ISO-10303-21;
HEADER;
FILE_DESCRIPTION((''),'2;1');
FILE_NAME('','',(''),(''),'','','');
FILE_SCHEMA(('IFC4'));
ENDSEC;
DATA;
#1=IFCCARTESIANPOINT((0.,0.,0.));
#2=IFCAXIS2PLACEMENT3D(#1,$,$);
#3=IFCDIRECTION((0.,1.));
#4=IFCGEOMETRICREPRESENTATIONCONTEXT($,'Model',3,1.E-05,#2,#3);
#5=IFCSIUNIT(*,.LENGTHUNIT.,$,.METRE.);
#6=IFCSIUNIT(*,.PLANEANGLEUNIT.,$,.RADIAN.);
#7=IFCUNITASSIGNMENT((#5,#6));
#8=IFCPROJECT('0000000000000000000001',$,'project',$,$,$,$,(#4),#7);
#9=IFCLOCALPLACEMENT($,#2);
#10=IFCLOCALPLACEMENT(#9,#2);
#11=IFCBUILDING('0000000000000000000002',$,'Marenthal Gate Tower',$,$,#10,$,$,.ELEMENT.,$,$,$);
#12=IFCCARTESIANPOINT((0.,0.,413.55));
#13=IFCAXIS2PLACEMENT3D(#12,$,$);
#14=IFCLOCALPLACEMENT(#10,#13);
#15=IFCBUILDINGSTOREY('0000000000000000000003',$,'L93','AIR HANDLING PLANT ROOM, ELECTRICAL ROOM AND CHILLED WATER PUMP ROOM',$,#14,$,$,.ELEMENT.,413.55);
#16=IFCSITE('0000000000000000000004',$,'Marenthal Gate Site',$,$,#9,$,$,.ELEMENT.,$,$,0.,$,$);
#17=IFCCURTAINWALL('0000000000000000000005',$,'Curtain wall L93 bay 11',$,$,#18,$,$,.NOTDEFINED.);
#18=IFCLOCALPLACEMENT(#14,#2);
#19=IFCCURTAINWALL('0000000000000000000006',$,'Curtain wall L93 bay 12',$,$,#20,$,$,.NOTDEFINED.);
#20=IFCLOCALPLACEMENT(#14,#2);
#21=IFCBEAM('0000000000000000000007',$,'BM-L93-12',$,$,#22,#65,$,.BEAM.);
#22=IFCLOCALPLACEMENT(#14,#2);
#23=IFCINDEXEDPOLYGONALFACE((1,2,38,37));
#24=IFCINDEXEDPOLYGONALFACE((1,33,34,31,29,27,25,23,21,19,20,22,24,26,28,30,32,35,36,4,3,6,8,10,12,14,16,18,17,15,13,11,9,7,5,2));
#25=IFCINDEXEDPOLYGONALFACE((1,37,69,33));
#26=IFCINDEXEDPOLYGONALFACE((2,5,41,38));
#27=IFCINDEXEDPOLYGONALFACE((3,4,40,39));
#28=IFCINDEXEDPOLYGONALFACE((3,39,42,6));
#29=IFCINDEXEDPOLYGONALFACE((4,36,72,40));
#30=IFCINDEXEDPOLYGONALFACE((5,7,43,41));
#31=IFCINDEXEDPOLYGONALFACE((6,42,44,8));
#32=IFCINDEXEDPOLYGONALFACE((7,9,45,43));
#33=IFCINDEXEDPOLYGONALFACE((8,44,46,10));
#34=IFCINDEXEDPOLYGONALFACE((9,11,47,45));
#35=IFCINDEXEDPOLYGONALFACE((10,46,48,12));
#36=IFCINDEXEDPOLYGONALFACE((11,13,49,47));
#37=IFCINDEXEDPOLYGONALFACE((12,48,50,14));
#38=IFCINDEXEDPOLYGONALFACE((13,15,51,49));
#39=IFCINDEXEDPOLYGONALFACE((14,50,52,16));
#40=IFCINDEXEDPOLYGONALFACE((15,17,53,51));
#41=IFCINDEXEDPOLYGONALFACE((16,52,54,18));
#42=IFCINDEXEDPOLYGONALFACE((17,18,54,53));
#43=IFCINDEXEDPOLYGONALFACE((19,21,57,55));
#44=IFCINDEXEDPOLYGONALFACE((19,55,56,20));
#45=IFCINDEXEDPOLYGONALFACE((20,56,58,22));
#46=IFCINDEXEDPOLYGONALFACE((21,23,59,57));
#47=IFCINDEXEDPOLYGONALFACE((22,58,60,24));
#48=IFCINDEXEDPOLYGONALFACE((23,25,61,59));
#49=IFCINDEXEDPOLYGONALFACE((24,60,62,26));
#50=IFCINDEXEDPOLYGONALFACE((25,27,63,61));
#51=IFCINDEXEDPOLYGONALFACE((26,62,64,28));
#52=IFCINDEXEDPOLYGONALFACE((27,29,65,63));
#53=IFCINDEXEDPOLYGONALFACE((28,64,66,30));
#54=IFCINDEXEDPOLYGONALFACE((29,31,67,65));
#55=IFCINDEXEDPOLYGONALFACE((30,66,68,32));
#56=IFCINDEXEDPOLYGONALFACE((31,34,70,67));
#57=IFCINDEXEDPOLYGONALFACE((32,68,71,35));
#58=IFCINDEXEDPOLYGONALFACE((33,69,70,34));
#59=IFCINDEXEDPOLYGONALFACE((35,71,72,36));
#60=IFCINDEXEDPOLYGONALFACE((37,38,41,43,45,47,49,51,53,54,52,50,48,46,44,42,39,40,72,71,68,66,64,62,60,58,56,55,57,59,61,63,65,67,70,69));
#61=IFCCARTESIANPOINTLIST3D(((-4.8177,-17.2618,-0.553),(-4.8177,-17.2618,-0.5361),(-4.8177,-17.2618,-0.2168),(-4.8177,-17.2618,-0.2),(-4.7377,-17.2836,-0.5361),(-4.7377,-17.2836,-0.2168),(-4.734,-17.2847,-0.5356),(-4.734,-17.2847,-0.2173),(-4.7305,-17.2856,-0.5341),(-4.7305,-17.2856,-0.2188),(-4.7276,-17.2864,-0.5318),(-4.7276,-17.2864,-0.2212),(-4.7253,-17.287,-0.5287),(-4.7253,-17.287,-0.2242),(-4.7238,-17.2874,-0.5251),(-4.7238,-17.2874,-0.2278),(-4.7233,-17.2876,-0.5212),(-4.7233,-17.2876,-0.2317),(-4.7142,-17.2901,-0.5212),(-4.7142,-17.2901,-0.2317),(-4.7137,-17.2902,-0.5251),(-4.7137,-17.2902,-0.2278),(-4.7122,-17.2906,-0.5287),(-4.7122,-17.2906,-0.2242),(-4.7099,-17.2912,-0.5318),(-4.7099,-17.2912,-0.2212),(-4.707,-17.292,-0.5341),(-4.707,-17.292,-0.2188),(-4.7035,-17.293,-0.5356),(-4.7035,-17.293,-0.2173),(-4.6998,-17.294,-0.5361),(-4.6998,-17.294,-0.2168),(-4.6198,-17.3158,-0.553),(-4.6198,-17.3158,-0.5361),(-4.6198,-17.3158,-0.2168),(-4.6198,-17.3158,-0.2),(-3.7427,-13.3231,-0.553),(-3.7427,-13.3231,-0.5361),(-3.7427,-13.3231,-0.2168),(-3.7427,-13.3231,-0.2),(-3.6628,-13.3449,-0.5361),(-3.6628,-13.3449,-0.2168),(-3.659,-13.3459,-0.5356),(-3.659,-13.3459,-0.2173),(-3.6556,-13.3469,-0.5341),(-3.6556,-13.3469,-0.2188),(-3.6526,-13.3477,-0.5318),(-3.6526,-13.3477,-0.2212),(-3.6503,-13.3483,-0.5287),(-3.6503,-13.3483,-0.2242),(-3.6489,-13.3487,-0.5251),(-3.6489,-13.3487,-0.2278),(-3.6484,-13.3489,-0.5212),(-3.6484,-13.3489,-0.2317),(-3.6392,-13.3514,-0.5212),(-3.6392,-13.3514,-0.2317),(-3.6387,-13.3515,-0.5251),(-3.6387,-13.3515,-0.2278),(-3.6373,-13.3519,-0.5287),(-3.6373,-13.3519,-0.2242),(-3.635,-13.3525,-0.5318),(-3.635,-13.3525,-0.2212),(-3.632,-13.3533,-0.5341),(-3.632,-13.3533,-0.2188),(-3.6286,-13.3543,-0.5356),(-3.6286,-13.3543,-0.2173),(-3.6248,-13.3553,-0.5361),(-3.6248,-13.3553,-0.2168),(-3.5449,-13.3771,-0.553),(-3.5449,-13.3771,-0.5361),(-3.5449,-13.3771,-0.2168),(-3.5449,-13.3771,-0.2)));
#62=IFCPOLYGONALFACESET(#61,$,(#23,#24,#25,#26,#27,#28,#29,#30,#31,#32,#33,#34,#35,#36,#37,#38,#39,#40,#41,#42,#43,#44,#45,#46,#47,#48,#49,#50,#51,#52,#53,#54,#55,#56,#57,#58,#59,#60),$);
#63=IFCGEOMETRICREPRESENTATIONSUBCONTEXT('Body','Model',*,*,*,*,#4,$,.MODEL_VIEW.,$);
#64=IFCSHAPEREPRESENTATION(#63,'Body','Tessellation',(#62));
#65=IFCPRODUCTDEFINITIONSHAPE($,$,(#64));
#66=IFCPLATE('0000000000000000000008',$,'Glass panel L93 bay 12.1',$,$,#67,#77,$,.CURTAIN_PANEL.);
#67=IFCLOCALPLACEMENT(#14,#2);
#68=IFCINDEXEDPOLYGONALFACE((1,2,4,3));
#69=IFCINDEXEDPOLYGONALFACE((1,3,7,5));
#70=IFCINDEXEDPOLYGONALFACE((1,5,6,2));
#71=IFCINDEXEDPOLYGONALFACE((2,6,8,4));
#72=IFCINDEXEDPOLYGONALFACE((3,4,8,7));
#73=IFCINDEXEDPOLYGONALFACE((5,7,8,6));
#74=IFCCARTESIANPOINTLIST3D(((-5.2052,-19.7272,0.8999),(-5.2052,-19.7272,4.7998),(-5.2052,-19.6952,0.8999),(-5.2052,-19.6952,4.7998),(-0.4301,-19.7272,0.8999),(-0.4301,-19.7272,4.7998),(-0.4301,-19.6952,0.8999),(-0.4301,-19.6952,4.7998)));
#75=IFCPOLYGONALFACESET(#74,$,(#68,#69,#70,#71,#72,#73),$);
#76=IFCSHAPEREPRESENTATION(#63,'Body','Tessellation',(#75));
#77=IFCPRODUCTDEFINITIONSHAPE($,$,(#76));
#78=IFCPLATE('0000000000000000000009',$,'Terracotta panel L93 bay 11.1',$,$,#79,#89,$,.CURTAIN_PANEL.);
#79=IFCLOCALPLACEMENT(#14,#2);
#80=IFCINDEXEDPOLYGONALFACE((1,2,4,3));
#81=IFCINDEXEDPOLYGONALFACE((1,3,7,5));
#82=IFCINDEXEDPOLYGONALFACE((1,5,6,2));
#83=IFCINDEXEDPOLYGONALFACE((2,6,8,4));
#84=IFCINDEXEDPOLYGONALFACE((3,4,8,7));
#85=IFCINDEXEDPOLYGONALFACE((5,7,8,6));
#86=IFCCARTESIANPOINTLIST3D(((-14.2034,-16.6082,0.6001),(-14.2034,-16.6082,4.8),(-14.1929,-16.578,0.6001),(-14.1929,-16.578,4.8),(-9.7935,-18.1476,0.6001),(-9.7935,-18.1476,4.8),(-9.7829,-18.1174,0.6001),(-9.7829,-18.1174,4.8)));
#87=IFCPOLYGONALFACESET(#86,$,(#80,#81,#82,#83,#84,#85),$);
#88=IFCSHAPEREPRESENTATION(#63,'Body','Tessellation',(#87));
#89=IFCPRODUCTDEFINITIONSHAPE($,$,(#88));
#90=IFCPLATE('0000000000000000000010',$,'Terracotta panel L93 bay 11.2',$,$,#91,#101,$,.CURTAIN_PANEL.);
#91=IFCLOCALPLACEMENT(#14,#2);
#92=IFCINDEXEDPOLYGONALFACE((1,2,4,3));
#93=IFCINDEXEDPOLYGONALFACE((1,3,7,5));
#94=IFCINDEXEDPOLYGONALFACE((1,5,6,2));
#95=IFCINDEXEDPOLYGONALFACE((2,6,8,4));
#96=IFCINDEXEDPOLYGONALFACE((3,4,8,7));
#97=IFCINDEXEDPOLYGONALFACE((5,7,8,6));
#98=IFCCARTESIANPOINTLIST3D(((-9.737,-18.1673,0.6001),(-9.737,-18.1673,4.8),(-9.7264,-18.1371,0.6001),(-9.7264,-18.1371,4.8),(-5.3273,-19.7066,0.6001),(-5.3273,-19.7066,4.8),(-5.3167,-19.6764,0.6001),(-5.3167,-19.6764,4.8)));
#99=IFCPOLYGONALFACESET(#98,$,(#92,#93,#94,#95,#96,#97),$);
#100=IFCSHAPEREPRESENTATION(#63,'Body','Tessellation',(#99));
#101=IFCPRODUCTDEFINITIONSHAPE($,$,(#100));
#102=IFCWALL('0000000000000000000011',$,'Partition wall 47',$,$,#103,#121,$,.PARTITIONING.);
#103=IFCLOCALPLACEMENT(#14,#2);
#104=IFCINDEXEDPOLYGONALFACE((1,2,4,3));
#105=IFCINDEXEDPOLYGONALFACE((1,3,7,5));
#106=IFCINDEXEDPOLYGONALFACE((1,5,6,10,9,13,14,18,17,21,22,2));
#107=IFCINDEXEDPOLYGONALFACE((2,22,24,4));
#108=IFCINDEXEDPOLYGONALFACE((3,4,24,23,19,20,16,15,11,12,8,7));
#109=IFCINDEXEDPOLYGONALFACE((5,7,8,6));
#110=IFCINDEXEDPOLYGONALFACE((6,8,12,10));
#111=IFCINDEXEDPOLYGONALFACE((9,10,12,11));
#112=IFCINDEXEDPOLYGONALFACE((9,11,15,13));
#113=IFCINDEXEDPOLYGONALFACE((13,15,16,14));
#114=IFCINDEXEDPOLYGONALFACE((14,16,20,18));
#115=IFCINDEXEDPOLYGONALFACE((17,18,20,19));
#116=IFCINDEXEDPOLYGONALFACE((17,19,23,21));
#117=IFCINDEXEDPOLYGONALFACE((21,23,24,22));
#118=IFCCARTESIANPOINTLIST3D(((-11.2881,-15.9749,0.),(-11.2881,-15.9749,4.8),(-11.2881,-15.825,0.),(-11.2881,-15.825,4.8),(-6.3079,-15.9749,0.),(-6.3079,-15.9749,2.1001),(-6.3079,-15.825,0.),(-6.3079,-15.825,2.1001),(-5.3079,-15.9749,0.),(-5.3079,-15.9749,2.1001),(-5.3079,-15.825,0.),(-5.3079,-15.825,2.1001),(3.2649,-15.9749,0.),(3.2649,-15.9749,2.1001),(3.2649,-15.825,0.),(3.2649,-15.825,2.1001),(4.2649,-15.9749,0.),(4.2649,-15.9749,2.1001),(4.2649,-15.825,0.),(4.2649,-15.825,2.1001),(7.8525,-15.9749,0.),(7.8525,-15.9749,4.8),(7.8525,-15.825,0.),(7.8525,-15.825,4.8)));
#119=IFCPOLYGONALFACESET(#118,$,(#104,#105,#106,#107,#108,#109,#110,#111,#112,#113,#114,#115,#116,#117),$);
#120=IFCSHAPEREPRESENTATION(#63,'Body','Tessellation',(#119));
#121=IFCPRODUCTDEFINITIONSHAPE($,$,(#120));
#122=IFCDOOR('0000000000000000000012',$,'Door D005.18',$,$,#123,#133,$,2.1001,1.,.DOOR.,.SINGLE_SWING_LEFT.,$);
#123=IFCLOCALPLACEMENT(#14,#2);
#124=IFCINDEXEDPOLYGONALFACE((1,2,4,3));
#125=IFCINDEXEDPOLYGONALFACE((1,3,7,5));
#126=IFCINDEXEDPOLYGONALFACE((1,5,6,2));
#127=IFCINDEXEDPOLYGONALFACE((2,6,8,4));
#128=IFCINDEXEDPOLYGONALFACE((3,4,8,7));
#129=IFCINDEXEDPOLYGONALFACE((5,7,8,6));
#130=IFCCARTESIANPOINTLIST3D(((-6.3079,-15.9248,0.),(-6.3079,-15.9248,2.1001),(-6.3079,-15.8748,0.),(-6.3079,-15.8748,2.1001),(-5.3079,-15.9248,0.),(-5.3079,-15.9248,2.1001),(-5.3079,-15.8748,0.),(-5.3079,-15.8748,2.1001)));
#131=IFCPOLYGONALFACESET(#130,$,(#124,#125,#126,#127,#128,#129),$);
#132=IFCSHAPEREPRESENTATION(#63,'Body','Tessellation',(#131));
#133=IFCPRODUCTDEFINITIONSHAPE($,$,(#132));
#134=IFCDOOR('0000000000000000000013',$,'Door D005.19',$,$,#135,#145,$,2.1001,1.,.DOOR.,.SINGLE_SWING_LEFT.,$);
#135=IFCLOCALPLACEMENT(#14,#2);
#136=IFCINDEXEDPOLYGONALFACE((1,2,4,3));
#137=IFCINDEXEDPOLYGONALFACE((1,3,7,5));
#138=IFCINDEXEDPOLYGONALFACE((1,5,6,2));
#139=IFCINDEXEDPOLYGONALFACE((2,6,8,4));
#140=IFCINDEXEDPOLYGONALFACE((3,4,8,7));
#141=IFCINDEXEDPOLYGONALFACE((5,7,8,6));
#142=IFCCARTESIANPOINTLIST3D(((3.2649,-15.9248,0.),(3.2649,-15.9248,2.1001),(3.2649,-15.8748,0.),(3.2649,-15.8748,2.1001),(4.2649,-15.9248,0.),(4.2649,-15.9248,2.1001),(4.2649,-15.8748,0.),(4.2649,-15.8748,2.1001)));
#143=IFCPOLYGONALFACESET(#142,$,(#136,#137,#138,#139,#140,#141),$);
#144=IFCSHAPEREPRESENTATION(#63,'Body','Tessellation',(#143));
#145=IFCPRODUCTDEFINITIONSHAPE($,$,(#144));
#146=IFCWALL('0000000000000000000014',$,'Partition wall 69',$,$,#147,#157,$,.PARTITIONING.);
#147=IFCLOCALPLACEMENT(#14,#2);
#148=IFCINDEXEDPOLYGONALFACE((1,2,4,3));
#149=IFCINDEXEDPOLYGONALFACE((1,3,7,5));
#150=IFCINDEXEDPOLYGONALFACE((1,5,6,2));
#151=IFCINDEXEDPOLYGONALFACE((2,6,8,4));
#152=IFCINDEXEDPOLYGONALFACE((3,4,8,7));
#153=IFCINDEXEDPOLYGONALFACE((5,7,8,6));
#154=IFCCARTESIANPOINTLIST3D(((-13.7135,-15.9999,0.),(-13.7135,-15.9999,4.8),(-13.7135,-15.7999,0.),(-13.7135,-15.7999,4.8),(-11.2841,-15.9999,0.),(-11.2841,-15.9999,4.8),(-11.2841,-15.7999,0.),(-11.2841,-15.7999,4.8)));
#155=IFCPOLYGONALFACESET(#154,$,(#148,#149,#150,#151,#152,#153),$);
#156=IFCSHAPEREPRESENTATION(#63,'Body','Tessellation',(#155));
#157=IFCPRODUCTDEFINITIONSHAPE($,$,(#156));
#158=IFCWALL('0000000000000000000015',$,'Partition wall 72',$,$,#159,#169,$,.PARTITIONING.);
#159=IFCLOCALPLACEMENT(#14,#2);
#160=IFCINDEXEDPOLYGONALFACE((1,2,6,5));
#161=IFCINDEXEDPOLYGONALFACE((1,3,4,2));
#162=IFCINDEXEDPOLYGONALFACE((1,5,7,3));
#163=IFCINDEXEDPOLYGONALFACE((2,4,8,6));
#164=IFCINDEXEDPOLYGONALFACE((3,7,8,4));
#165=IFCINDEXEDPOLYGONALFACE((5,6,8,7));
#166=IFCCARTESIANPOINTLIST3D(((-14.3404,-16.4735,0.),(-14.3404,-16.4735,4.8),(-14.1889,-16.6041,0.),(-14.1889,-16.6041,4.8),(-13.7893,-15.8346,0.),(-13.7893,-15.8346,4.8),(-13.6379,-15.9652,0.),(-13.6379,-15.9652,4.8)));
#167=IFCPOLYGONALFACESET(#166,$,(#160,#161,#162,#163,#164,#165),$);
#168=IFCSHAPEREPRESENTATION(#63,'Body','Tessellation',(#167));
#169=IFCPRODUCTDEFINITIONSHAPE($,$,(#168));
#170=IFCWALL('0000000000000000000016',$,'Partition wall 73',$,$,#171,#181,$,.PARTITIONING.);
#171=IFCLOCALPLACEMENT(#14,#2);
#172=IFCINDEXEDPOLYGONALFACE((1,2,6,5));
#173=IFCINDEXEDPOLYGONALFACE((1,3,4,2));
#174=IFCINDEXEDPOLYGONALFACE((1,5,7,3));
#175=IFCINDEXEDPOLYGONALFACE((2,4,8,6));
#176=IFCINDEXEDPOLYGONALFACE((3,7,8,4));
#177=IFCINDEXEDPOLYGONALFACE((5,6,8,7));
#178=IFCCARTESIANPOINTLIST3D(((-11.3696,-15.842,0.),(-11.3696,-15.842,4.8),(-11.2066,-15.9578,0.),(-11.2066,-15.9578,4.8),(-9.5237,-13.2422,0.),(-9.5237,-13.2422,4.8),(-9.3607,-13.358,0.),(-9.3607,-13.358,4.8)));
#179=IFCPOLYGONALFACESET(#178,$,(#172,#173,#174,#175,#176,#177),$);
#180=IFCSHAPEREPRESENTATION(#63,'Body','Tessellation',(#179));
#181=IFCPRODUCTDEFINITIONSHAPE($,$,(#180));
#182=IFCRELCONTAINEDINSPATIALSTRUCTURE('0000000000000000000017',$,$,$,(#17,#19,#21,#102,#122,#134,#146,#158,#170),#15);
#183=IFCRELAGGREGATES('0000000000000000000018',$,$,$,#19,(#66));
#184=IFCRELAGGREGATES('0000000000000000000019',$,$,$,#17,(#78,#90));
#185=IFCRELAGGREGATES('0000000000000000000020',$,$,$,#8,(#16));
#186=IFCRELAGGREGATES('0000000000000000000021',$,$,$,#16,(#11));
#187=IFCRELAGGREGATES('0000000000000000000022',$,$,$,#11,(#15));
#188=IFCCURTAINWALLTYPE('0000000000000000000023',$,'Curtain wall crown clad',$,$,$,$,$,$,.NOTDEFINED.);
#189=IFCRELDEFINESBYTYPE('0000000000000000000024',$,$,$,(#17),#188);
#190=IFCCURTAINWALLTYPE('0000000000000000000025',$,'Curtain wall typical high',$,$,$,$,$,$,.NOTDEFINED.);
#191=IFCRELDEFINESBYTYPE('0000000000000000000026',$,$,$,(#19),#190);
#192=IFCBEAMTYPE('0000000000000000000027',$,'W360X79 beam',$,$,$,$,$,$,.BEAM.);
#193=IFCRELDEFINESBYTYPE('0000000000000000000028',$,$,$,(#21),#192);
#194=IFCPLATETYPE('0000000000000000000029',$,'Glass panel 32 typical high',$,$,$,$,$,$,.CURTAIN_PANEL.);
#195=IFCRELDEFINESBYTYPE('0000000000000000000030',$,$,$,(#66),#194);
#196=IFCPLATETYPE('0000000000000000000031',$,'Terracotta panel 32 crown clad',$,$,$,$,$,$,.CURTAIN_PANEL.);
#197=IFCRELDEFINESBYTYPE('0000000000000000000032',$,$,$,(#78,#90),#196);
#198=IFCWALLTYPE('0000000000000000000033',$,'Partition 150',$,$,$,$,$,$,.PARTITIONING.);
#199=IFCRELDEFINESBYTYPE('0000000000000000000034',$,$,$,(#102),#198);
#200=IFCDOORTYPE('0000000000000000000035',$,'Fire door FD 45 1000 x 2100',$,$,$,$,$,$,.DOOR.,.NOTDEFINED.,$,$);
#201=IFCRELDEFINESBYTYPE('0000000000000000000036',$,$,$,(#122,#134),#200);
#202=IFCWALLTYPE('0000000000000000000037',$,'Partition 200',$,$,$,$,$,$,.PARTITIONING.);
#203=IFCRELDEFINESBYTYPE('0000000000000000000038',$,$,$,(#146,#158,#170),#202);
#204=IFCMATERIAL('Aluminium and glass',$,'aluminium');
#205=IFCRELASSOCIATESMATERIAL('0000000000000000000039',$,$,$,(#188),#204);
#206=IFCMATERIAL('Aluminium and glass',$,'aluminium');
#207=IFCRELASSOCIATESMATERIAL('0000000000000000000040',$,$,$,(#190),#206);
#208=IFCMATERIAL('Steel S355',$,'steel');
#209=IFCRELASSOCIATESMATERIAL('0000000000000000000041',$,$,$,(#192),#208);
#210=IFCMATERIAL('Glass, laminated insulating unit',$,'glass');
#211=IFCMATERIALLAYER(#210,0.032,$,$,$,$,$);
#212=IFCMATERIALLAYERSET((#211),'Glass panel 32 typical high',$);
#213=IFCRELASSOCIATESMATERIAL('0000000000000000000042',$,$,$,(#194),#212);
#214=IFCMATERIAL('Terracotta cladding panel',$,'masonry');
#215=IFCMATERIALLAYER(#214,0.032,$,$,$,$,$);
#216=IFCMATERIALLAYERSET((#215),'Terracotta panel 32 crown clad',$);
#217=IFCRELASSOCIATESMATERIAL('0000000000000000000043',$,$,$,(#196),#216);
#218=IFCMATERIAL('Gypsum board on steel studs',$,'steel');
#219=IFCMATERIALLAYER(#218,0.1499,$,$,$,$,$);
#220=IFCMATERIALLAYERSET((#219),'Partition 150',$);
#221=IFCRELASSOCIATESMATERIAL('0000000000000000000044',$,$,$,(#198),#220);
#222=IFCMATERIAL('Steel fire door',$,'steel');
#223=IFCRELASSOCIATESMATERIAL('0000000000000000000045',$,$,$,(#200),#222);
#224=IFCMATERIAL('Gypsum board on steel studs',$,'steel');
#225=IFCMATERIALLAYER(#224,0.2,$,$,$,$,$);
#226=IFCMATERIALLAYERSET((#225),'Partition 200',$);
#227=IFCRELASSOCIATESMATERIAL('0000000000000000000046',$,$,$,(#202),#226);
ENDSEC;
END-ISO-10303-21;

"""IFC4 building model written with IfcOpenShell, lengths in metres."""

from ifc_helpers import new_model, si_unit, direction, frame, frame_2d, origin, origin_2d, place, context, subcontext, project, spatial, rectangle, i_section, extrude, material, layer, layer_set, material_profile, profile_set, type_object, element, fill, aggregate, save


model = new_model("IFC4")

# Units and contexts
model_context = context("Model", 3, precision=1e-05, world=origin(), true_north=direction((0.0, 1.0)))
body_context = subcontext(model_context, "Body", "Model", "MODEL_VIEW")
ifc_project = project(units=[si_unit("LENGTHUNIT", "METRE"), si_unit("PLANEANGLEUNIT", "RADIAN")], contexts=[model_context])

# Site, building, storey
site_placement = place(None, origin())
site = spatial("IfcSite", under=ifc_project, at=site_placement, Name="Marenthal Gate Site", CompositionType="ELEMENT", RefElevation=0.0)
building_placement = place(site_placement, origin())
building = spatial("IfcBuilding", under=site, at=building_placement, Name="Marenthal Gate Tower", CompositionType="ELEMENT")
storey_placement = place(building_placement, frame((0.0, 0.0, 413.55)))
storey = spatial("IfcBuildingStorey", under=building, at=storey_placement, Name="L93", Description="AIR HANDLING PLANT ROOM, ELECTRICAL ROOM AND CHILLED WATER PUMP ROOM", CompositionType="ELEMENT", Elevation=413.55)

# Curtain wall
ifc_material_1 = material(Name="Aluminium and glass", Category="aluminium")
curtain_wall_type_1 = type_object("IfcCurtainWallType", Name="Curtain wall crown clad", PredefinedType="NOTDEFINED", material=ifc_material_1)
curtain_wall_1_placement = place(storey_placement, origin())
curtain_wall_1 = element("IfcCurtainWall", 1, at=curtain_wall_1_placement, inside=storey, type_object=curtain_wall_type_1, Name="Curtain wall L93 bay 11", PredefinedType="NOTDEFINED")

# Curtain wall
ifc_material_2 = material(Name="Aluminium and glass", Category="aluminium")
curtain_wall_type_2 = type_object("IfcCurtainWallType", Name="Curtain wall typical high", PredefinedType="NOTDEFINED", material=ifc_material_2)
curtain_wall_2_placement = place(storey_placement, origin())
curtain_wall_2 = element("IfcCurtainWall", 2, at=curtain_wall_2_placement, inside=storey, type_object=curtain_wall_type_2, Name="Curtain wall L93 bay 12", PredefinedType="NOTDEFINED")

# Beam
ifc_material_3 = material(Name="Steel S355", Category="steel")
ifc_material_profile_1 = material_profile(ifc_material_3, i_section(OverallWidth=0.2051, OverallDepth=0.353, WebThickness=0.0095, FlangeThickness=0.0168, FilletRadius=0.0149, at=origin_2d()), Name="W360X79")
ifc_profile_set_1 = profile_set([ifc_material_profile_1], Name="Steel S355")
beam_type_1 = type_object("IfcBeamType", Name="W360X79 beam", PredefinedType="BEAM", material=ifc_profile_set_1)
beam_1_placement = place(storey_placement, frame((-4.7188, -17.2888, -0.3765), z_axis=(0.263289, 0.964717, 0.0), x_axis=(-0.964717, 0.263289, 0.0)))
element("IfcBeam", 3, at=beam_1_placement, inside=storey, type_object=beam_type_1, Name="BM-L93-12", PredefinedType="BEAM", context=body_context, shape_type="SweptSolid", body=[
    extrude(i_section(OverallWidth=0.2051, OverallDepth=0.353, WebThickness=0.0095, FlangeThickness=0.0168, FilletRadius=0.0149, at=origin_2d()), origin(), (0.0, 0.0, 1.0), 4.0828),
])

# Plates
ifc_material_4 = material(Name="Glass, laminated insulating unit", Category="glass")
ifc_layer_1 = layer(ifc_material_4, 0.032)
ifc_layer_set_1 = layer_set([ifc_layer_1], Name="Glass panel 32 typical high")
plate_type_1 = type_object("IfcPlateType", Name="Glass panel 32 typical high", PredefinedType="CURTAIN_PANEL", material=ifc_layer_set_1)
plate_1_placement = place(storey_placement, frame((-2.8176, -19.7112, 0.8999), z_axis=(0.0, 0.0, 1.0), x_axis=(1.0, 0.0, 0.0)))
plate_1 = element("IfcPlate", 4, at=plate_1_placement, type_object=plate_type_1, Name="Glass panel L93 bay 12.1", PredefinedType="CURTAIN_PANEL", context=body_context, shape_type="SweptSolid", body=[
    extrude(rectangle(XDim=4.7751, YDim=0.032, at=origin_2d()), origin(), (0.0, 0.0, 1.0), 3.8999),
])
aggregate(curtain_wall_2, [plate_1])
ifc_material_5 = material(Name="Terracotta cladding panel", Category="masonry")
ifc_layer_2 = layer(ifc_material_5, 0.032)
ifc_layer_set_2 = layer_set([ifc_layer_2], Name="Terracotta panel 32 crown clad")
plate_type_2 = type_object("IfcPlateType", Name="Terracotta panel 32 crown clad", PredefinedType="CURTAIN_PANEL", material=ifc_layer_set_2)
plate_2_placement = place(storey_placement, frame((-11.9932, -17.3628, 0.6001), z_axis=(0.0, 0.0, 1.0), x_axis=(0.944135, -0.329559, 0.0)))
plate_2 = element("IfcPlate", 5, at=plate_2_placement, type_object=plate_type_2, Name="Terracotta panel L93 bay 11.1", PredefinedType="CURTAIN_PANEL", context=body_context, shape_type="SweptSolid", body=[
    extrude(rectangle(XDim=4.6709, YDim=0.032, at=origin_2d()), origin(), (0.0, 0.0, 1.0), 4.2),
])
plate_3_placement = place(storey_placement, frame((-7.5269, -18.9219, 0.6001), z_axis=(0.0, 0.0, 1.0), x_axis=(0.944135, -0.329559, 0.0)))
plate_3 = element("IfcPlate", 6, at=plate_3_placement, type_object=plate_type_2, Name="Terracotta panel L93 bay 11.2", PredefinedType="CURTAIN_PANEL", context=body_context, shape_type="SweptSolid", body=[
    extrude(rectangle(XDim=4.6707, YDim=0.032, at=origin_2d()), origin(), (0.0, 0.0, 1.0), 4.2),
])
aggregate(curtain_wall_1, [plate_2, plate_3])

# Wall, openings, doors
ifc_material_6 = material(Name="Gypsum board on steel studs", Category="steel")
ifc_layer_3 = layer(ifc_material_6, 0.1499)
ifc_layer_set_3 = layer_set([ifc_layer_3], Name="Partition 150")
wall_type_1 = type_object("IfcWallType", Name="Partition 150", PredefinedType="PARTITIONING", material=ifc_layer_set_3)
wall_1_placement = place(storey_placement, frame((-11.2881, -15.8999, 0.0), z_axis=(0.0, 0.0, 1.0), x_axis=(1.0, 0.0, 0.0)))
wall_1 = element("IfcWall", 7, at=wall_1_placement, inside=storey, type_object=wall_type_1, Name="Partition wall 47", PredefinedType="PARTITIONING", context=body_context, shape_type="SweptSolid", body=[
    extrude(rectangle(XDim=19.1406, YDim=0.1499, at=frame_2d((9.5703, 0.0))), origin(), (0.0, 0.0, 1.0), 4.8),
])
opening_1_placement = place(wall_1_placement, frame((4.9802, 0.0, 0.0)))
opening_1 = element("IfcOpeningElement", 8, at=opening_1_placement, cuts=wall_1, PredefinedType="OPENING", context=body_context, shape_type="SweptSolid", body=[
    extrude(rectangle(XDim=1.0, YDim=2.1001, at=frame_2d((0.5, 1.05))), frame((0.0, 0.085, 0.0), z_axis=(0.0, -1.0, 0.0), x_axis=(1.0, 0.0, 0.0)), (0.0, 0.0, 1.0), 0.1699),
])
opening_2_placement = place(wall_1_placement, frame((14.553, 0.0, 0.0)))
opening_2 = element("IfcOpeningElement", 9, at=opening_2_placement, cuts=wall_1, PredefinedType="OPENING", context=body_context, shape_type="SweptSolid", body=[
    extrude(rectangle(XDim=1.0, YDim=2.1001, at=frame_2d((0.5, 1.05))), frame((0.0, 0.085, 0.0), z_axis=(0.0, -1.0, 0.0), x_axis=(1.0, 0.0, 0.0)), (0.0, 0.0, 1.0), 0.1699),
])
ifc_material_7 = material(Name="Steel fire door", Category="steel")
door_type = type_object("IfcDoorType", Name="Fire door FD 45 1000 x 2100", OperationType="NOTDEFINED", PredefinedType="DOOR", material=ifc_material_7)
door_1_placement = place(opening_1_placement, frame((1.0, 0.0, 0.0), z_axis=(0.0, 0.0, 1.0), x_axis=(-1.0, 0.0, 0.0)))
door_1 = element("IfcDoor", 10, at=door_1_placement, inside=storey, type_object=door_type, Name="Door D005.18", OperationType="SINGLE_SWING_LEFT", OverallHeight=2.1001, OverallWidth=1.0, PredefinedType="DOOR", context=body_context, shape_type="SweptSolid", body=[
    extrude(rectangle(XDim=1.0, YDim=2.1001, at=frame_2d((0.5, 1.05))), frame((0.0, 0.0249, 0.0), z_axis=(0.0, -1.0, 0.0), x_axis=(1.0, 0.0, 0.0)), (0.0, 0.0, 1.0), 0.05),
])
fill(opening_1, door_1)
door_2_placement = place(opening_2_placement, frame((1.0, 0.0, 0.0), z_axis=(0.0, 0.0, 1.0), x_axis=(-1.0, 0.0, 0.0)))
door_2 = element("IfcDoor", 11, at=door_2_placement, inside=storey, type_object=door_type, Name="Door D005.19", OperationType="SINGLE_SWING_LEFT", OverallHeight=2.1001, OverallWidth=1.0, PredefinedType="DOOR", context=body_context, shape_type="SweptSolid", body=[
    extrude(rectangle(XDim=1.0, YDim=2.1001, at=frame_2d((0.5, 1.05))), frame((0.0, 0.0249, 0.0), z_axis=(0.0, -1.0, 0.0), x_axis=(1.0, 0.0, 0.0)), (0.0, 0.0, 1.0), 0.05),
])
fill(opening_2, door_2)

# Walls
ifc_material_8 = material(Name="Gypsum board on steel studs", Category="steel")
ifc_layer_4 = layer(ifc_material_8, 0.2)
ifc_layer_set_4 = layer_set([ifc_layer_4], Name="Partition 200")
wall_type_2 = type_object("IfcWallType", Name="Partition 200", PredefinedType="PARTITIONING", material=ifc_layer_set_4)
wall_2_placement = place(storey_placement, frame((-13.7136, -15.8999, 0.0), z_axis=(0.0, 0.0, 1.0), x_axis=(1.0, 0.0, 0.0)))
element("IfcWall", 12, at=wall_2_placement, inside=storey, type_object=wall_type_2, Name="Partition wall 69", PredefinedType="PARTITIONING", context=body_context, shape_type="SweptSolid", body=[
    extrude(rectangle(XDim=2.4294, YDim=0.2, at=frame_2d((1.2148, 0.0))), origin(), (0.0, 0.0, 1.0), 4.8),
])
wall_3_placement = place(storey_placement, frame((-14.2646, -16.5388, 0.0), z_axis=(0.0, 0.0, 1.0), x_axis=(0.6531, 0.757272, 0.0)))
element("IfcWall", 13, at=wall_3_placement, inside=storey, type_object=wall_type_2, Name="Partition wall 72", PredefinedType="PARTITIONING", context=body_context, shape_type="SweptSolid", body=[
    extrude(rectangle(XDim=0.8438, YDim=0.2, at=frame_2d((0.4219, 0.0))), origin(), (0.0, 0.0, 1.0), 4.8),
])
wall_4_placement = place(storey_placement, frame((-11.2881, -15.8999, 0.0), z_axis=(0.0, 0.0, 1.0), x_axis=(0.578933, 0.815375, 0.0)))
element("IfcWall", 14, at=wall_4_placement, inside=storey, type_object=wall_type_2, Name="Partition wall 73", PredefinedType="PARTITIONING", context=body_context, shape_type="SweptSolid", body=[
    extrude(rectangle(XDim=3.1885, YDim=0.2, at=frame_2d((1.5942, 0.0))), origin(), (0.0, 0.0, 1.0), 4.8),
])

save(model, "model.ifc")
